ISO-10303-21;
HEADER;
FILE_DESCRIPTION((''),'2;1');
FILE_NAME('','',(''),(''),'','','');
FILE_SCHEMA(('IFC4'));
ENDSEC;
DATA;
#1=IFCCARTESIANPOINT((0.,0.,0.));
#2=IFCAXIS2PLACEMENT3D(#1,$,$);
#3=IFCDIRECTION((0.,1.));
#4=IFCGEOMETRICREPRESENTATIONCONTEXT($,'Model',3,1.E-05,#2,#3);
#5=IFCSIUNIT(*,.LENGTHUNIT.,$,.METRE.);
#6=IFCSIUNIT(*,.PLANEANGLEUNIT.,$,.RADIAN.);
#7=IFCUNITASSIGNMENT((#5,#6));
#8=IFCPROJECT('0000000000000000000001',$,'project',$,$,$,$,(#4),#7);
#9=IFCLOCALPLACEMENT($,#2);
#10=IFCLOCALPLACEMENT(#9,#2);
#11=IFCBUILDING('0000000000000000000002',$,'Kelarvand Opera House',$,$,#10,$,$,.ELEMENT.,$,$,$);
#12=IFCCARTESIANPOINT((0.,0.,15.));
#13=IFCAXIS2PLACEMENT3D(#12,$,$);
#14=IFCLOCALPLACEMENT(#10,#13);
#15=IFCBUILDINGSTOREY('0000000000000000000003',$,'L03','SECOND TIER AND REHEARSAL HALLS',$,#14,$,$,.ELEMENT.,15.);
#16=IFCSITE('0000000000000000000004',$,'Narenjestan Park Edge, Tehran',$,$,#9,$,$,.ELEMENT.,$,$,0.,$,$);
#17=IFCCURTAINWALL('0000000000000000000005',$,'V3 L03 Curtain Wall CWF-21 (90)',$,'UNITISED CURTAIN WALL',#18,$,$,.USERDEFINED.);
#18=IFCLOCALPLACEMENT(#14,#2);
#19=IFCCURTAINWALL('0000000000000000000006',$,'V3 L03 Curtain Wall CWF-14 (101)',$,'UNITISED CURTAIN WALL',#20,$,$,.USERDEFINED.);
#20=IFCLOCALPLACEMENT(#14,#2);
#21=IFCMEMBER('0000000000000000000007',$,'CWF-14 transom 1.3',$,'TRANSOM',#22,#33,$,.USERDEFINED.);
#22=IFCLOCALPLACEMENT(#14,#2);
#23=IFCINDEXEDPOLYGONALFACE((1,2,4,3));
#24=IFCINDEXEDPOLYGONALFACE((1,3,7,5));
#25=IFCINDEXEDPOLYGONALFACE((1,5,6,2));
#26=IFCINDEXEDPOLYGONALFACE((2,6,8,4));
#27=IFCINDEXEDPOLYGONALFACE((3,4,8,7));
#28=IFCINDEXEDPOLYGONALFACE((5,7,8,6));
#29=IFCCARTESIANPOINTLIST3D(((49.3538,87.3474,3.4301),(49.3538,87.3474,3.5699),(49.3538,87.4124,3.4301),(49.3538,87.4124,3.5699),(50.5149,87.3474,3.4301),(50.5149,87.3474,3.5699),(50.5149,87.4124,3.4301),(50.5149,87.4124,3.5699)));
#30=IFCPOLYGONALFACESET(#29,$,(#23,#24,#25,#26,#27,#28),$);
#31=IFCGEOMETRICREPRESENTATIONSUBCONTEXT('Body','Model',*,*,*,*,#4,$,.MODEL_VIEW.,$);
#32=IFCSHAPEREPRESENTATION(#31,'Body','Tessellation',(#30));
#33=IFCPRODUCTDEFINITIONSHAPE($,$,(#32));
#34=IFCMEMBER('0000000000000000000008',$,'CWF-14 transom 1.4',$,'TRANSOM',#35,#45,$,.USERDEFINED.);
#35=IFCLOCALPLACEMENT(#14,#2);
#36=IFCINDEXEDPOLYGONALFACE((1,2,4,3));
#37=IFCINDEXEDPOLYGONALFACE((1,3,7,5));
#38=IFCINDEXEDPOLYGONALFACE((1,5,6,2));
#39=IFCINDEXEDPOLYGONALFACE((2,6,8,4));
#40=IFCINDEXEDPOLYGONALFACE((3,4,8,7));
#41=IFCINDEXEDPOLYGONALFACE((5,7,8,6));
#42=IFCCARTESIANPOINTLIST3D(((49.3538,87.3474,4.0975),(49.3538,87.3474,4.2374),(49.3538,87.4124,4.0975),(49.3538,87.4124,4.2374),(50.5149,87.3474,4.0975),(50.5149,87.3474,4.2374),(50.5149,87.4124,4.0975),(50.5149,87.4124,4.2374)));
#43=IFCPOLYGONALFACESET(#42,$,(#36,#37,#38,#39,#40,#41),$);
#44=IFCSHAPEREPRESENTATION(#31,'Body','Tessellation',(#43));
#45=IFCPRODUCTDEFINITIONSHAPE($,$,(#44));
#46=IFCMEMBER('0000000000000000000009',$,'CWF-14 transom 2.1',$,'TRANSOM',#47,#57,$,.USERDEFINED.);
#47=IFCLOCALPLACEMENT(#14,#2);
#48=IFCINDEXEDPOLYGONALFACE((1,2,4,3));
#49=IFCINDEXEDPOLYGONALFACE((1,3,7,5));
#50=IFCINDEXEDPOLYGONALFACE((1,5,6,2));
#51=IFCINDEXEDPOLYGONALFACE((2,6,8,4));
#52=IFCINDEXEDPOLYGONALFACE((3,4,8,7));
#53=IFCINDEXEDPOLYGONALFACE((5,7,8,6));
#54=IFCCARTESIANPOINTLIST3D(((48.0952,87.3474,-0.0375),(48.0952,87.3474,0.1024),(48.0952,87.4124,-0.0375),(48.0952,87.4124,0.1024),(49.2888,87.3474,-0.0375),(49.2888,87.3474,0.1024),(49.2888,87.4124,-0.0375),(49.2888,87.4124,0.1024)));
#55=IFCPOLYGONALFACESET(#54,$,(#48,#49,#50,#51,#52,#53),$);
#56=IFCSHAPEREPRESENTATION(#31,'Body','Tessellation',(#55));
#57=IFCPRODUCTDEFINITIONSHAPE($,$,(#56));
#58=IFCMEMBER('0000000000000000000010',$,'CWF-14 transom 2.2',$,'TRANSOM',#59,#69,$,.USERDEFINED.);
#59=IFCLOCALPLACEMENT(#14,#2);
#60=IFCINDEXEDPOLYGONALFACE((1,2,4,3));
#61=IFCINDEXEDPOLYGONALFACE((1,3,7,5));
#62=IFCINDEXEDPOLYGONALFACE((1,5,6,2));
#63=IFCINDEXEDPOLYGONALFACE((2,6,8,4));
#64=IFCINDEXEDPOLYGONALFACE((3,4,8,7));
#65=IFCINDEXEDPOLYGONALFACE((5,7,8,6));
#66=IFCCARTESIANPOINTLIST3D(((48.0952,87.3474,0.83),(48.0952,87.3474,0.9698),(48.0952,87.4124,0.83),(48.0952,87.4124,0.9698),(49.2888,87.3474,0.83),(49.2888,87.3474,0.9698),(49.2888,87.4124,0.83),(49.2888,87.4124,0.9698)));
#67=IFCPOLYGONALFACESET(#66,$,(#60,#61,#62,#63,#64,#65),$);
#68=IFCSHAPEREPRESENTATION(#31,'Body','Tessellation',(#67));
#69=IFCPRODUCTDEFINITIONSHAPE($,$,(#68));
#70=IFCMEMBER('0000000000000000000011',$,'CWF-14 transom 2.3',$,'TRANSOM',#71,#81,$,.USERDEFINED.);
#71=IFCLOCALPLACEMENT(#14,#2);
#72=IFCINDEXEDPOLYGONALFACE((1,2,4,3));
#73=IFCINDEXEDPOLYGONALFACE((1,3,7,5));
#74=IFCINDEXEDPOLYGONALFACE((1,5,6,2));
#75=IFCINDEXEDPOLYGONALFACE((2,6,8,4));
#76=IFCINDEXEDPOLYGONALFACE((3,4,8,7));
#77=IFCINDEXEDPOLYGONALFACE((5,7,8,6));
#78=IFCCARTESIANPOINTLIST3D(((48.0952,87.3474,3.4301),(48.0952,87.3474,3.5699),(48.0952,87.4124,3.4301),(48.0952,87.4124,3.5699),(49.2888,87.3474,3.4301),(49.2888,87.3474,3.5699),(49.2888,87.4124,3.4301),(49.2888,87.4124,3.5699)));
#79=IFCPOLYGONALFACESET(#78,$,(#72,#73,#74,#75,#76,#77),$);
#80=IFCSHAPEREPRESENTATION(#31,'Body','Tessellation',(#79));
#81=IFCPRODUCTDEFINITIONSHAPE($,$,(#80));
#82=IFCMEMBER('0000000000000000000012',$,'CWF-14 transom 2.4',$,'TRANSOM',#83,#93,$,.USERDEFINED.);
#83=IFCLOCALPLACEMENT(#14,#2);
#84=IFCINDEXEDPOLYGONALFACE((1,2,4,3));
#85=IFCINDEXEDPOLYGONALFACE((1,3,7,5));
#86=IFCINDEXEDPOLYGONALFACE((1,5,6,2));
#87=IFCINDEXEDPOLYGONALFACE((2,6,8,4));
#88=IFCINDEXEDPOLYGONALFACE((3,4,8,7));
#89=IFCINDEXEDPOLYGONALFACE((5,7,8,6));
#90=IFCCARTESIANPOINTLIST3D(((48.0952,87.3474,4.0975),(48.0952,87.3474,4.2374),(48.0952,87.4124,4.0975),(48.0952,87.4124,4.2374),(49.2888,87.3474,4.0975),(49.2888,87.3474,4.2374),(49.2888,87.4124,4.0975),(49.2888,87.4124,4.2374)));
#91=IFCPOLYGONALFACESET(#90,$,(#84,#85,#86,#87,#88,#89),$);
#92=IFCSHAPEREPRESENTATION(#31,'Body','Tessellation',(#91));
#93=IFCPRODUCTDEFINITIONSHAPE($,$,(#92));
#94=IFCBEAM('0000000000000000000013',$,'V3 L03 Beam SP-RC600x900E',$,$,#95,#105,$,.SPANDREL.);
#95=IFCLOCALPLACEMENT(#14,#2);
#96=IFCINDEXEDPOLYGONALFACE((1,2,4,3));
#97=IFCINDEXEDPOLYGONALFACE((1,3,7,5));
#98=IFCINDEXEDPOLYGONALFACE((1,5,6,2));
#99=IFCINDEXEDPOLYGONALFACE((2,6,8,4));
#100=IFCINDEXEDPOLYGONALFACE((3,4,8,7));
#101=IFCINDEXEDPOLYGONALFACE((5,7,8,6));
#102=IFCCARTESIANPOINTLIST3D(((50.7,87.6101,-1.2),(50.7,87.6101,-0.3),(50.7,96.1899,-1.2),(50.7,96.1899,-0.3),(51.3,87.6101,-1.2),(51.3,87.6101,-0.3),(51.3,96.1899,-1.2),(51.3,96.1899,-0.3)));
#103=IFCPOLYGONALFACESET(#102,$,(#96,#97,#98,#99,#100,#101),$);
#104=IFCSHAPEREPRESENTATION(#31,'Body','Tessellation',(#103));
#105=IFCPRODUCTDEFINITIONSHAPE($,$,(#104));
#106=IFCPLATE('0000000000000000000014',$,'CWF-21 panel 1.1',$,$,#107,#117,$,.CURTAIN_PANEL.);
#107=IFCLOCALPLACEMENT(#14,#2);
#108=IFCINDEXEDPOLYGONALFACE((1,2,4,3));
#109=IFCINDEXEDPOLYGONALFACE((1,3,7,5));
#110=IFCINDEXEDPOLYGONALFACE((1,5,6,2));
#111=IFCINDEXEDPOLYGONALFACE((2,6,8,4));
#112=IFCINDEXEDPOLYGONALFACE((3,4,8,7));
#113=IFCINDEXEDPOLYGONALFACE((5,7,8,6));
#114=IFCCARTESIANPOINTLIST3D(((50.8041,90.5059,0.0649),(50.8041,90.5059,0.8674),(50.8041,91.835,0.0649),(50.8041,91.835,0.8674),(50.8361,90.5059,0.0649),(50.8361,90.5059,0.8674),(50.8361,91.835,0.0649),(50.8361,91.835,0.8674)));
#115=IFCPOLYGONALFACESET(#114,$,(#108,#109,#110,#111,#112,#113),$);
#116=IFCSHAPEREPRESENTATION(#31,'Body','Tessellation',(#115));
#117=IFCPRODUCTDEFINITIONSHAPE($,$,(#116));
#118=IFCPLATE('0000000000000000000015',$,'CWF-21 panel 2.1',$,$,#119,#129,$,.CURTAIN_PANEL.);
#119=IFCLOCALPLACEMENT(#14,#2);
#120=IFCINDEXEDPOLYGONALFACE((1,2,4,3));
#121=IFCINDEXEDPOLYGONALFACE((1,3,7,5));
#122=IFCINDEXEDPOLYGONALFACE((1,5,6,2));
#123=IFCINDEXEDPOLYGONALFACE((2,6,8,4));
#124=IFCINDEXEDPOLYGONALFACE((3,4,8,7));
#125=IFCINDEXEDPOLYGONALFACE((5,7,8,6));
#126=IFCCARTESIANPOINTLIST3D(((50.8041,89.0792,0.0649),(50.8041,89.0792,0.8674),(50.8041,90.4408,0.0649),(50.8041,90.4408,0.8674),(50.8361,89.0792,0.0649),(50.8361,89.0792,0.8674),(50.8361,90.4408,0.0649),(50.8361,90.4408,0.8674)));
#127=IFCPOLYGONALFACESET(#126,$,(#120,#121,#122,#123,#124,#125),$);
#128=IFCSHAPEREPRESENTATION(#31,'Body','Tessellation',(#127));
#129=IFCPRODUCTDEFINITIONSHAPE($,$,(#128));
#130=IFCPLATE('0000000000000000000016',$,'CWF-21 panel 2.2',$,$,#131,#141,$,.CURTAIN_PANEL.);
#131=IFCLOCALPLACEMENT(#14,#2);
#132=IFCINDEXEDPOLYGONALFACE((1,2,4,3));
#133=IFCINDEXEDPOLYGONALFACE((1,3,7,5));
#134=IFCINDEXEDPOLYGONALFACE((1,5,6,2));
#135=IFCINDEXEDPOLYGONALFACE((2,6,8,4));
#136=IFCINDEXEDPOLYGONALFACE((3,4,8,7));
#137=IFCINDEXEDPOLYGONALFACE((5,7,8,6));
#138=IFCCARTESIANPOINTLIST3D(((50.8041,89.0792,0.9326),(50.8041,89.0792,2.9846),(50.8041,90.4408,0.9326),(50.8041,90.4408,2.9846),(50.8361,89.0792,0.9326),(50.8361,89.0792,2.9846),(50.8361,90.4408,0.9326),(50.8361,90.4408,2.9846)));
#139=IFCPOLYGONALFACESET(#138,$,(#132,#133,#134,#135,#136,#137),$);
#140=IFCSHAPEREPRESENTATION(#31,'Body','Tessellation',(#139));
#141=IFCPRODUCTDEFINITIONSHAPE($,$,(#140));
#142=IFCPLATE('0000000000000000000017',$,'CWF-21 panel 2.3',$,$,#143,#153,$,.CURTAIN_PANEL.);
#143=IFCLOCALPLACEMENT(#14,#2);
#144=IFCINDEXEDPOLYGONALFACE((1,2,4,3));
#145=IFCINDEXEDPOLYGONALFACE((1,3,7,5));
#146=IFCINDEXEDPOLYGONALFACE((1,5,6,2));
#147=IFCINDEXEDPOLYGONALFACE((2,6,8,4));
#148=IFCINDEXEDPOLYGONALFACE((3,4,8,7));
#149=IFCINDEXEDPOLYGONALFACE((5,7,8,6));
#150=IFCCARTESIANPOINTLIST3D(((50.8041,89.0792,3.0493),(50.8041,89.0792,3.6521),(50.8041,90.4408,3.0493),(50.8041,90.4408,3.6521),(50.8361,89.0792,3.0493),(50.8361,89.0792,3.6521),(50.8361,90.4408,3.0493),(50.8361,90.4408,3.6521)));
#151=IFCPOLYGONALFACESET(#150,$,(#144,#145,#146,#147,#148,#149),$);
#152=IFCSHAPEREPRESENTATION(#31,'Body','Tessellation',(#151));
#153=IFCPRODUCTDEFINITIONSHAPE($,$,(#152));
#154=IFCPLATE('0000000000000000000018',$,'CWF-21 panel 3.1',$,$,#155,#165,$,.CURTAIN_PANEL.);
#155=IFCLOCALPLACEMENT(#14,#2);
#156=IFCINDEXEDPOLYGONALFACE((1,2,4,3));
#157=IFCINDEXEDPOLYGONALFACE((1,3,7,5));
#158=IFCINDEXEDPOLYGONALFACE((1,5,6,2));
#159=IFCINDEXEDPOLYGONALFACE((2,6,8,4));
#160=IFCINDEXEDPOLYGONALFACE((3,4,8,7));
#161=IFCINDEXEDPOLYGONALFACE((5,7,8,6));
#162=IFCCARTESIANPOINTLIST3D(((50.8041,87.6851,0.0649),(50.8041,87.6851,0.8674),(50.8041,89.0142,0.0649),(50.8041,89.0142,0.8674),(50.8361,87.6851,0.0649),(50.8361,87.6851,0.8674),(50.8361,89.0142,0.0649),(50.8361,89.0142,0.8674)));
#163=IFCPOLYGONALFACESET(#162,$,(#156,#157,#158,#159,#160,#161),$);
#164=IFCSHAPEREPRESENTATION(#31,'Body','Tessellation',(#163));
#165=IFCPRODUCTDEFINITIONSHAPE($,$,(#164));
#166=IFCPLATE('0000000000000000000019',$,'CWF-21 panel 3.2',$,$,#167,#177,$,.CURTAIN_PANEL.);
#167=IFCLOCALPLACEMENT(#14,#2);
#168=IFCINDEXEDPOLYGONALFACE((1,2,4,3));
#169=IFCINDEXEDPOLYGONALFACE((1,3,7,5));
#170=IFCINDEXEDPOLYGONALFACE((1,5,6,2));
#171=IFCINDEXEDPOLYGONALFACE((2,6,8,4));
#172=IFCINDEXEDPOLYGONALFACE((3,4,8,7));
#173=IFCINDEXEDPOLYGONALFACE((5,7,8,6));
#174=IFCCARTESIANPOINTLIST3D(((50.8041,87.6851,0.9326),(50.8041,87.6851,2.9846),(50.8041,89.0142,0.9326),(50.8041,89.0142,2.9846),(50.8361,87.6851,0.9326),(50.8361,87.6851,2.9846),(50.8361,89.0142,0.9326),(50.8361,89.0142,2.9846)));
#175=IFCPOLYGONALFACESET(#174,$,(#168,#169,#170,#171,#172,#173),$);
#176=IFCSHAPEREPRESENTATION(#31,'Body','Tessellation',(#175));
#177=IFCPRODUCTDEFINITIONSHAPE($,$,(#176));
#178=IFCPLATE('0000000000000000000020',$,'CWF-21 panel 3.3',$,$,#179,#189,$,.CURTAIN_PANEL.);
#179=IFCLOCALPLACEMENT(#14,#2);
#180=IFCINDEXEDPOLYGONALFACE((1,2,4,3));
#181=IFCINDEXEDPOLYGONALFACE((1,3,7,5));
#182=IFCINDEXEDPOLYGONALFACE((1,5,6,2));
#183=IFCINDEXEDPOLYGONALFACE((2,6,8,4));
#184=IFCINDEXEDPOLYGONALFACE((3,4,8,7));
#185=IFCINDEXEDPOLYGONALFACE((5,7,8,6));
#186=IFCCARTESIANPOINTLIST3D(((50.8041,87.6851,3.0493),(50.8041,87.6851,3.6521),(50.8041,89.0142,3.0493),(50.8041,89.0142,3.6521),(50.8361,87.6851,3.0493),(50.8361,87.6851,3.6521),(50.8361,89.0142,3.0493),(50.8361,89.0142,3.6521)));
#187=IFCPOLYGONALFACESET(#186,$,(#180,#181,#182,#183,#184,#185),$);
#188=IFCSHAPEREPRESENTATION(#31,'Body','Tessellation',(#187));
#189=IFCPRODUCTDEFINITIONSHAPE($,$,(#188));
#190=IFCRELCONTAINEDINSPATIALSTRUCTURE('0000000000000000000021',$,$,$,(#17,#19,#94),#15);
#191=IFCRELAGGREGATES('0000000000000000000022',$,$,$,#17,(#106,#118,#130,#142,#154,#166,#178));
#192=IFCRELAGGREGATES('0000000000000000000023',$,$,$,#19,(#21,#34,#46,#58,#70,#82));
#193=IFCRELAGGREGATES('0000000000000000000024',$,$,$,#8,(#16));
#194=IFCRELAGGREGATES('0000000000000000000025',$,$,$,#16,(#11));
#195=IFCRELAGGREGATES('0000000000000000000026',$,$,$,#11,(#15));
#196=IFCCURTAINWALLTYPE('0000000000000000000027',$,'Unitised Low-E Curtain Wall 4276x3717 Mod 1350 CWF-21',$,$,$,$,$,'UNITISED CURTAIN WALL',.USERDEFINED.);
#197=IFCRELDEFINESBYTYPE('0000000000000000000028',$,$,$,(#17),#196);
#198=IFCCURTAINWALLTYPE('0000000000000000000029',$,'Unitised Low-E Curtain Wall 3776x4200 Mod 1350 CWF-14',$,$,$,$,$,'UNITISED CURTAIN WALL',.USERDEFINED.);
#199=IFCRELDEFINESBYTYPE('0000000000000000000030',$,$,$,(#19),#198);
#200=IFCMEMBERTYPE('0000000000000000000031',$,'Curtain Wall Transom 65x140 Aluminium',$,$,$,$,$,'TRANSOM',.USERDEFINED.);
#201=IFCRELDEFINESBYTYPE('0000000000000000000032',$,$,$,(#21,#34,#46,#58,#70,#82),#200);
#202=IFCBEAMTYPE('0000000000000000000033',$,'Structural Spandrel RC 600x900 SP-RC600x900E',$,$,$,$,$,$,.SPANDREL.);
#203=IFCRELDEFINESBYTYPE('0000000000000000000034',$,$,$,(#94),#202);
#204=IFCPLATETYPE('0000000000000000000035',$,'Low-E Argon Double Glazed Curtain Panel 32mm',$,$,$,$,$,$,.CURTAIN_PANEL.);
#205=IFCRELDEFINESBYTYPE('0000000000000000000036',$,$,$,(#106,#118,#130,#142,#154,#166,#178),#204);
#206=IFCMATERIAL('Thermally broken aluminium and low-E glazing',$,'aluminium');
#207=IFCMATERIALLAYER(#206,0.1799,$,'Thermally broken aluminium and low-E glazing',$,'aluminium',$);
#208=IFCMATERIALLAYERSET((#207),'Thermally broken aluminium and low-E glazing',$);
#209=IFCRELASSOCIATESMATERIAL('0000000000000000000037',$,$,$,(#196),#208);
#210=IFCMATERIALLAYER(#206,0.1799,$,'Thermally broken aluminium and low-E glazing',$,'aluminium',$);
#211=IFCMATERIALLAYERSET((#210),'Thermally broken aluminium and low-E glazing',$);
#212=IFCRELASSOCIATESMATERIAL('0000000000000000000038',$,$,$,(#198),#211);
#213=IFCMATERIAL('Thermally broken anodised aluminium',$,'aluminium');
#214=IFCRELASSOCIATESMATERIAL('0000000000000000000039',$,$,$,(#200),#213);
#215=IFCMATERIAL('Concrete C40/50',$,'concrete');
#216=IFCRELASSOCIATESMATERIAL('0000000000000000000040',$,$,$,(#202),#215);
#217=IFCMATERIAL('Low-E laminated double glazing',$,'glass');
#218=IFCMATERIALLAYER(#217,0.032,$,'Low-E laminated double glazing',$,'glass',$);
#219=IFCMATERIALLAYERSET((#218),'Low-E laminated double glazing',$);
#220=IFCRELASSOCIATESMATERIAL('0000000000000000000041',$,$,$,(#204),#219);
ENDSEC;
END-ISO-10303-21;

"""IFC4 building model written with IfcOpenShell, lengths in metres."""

from ifc_helpers import new_model, si_unit, direction, frame, origin, origin_2d, place, context, subcontext, project, spatial, rectangle, extrude, material, layer, layer_set, material_profile, profile_set, type_object, element, aggregate, save


model = new_model("IFC4")

# Units and contexts
model_context = context("Model", 3, precision=1e-05, world=origin(), true_north=direction((0.0, 1.0)))
body_context = subcontext(model_context, "Body", "Model", "MODEL_VIEW")
ifc_project = project(units=[si_unit("LENGTHUNIT", "METRE"), si_unit("PLANEANGLEUNIT", "RADIAN")], contexts=[model_context])

# Site, building, storey
site_placement = place(None, origin())
site = spatial("IfcSite", under=ifc_project, at=site_placement, Name="Narenjestan Park Edge, Tehran", CompositionType="ELEMENT", RefElevation=0.0)
building_placement = place(site_placement, origin())
building = spatial("IfcBuilding", under=site, at=building_placement, Name="Kelarvand Opera House", CompositionType="ELEMENT")
storey_placement = place(building_placement, frame((0.0, 0.0, 15.0)))
storey = spatial("IfcBuildingStorey", under=building, at=storey_placement, Name="L03", Description="SECOND TIER AND REHEARSAL HALLS", CompositionType="ELEMENT", Elevation=15.0)

# Curtain walls
ifc_material_1 = material(Name="Thermally broken aluminium and low-E glazing", Category="aluminium")
ifc_layer_1 = layer(ifc_material_1, 0.1799, Name="Thermally broken aluminium and low-E glazing", Category="aluminium")
ifc_layer_set_1 = layer_set([ifc_layer_1], Name="Thermally broken aluminium and low-E glazing")
curtain_wall_type_1 = type_object("IfcCurtainWallType", Name="Unitised Low-E Curtain Wall 4276x3717 Mod 1350 CWF-21", ElementType="UNITISED CURTAIN WALL", PredefinedType="USERDEFINED", material=ifc_layer_set_1)
curtain_wall_1_placement = place(storey_placement, origin())
curtain_wall_1 = element("IfcCurtainWall", 1, at=curtain_wall_1_placement, inside=storey, type_object=curtain_wall_type_1, Name="V3 L03 Curtain Wall CWF-21 (90)", ObjectType="UNITISED CURTAIN WALL", PredefinedType="USERDEFINED")
ifc_material_2 = material(Name="Thermally broken anodised aluminium", Category="aluminium")
ifc_layer_2 = layer(ifc_material_1, 0.1799, Name="Thermally broken aluminium and low-E glazing", Category="aluminium")
ifc_layer_set_2 = layer_set([ifc_layer_2], Name="Thermally broken aluminium and low-E glazing")
curtain_wall_type_2 = type_object("IfcCurtainWallType", Name="Unitised Low-E Curtain Wall 3776x4200 Mod 1350 CWF-14", ElementType="UNITISED CURTAIN WALL", PredefinedType="USERDEFINED", material=ifc_layer_set_2)
curtain_wall_2_placement = place(storey_placement, origin())
curtain_wall_2 = element("IfcCurtainWall", 2, at=curtain_wall_2_placement, inside=storey, type_object=curtain_wall_type_2, Name="V3 L03 Curtain Wall CWF-14 (101)", ObjectType="UNITISED CURTAIN WALL", PredefinedType="USERDEFINED")

# Members
ifc_material_profile_1 = material_profile(ifc_material_2, rectangle(XDim=0.0649, YDim=0.1399, at=origin_2d()), Name="ALU TRANSOM 65x140", Category="aluminium")
ifc_profile_set_1 = profile_set([ifc_material_profile_1], Name="Thermally broken anodised aluminium")
member_type_1 = type_object("IfcMemberType", Name="Curtain Wall Transom 65x140 Aluminium", ElementType="TRANSOM", PredefinedType="USERDEFINED", material=ifc_profile_set_1)
member_1_placement = place(storey_placement, frame((50.5149, 87.3799, 3.5), z_axis=(-1.0, 0.0, 0.0), x_axis=(0.0, -1.0, 0.0)))
member_1 = element("IfcMember", 3, at=member_1_placement, type_object=member_type_1, Name="CWF-14 transom 1.3", ObjectType="TRANSOM", PredefinedType="USERDEFINED", context=body_context, shape_type="SweptSolid", body=[
    extrude(rectangle(XDim=0.0649, YDim=0.1399, at=origin_2d()), origin(), (0.0, 0.0, 1.0), 1.1611),
])
member_2_placement = place(storey_placement, frame((50.5149, 87.3799, 4.1675), z_axis=(-1.0, 0.0, 0.0), x_axis=(0.0, -1.0, 0.0)))
member_2 = element("IfcMember", 4, at=member_2_placement, type_object=member_type_1, Name="CWF-14 transom 1.4", ObjectType="TRANSOM", PredefinedType="USERDEFINED", context=body_context, shape_type="SweptSolid", body=[
    extrude(rectangle(XDim=0.0649, YDim=0.1399, at=origin_2d()), origin(), (0.0, 0.0, 1.0), 1.1611),
])
member_3_placement = place(storey_placement, frame((49.2888, 87.3799, 0.0325), z_axis=(-1.0, 0.0, 0.0), x_axis=(0.0, -1.0, 0.0)))
member_3 = element("IfcMember", 5, at=member_3_placement, type_object=member_type_1, Name="CWF-14 transom 2.1", ObjectType="TRANSOM", PredefinedType="USERDEFINED", context=body_context, shape_type="SweptSolid", body=[
    extrude(rectangle(XDim=0.0649, YDim=0.1399, at=origin_2d()), origin(), (0.0, 0.0, 1.0), 1.1936),
])
member_4_placement = place(storey_placement, frame((49.2888, 87.3799, 0.8999), z_axis=(-1.0, 0.0, 0.0), x_axis=(0.0, -1.0, 0.0)))
member_4 = element("IfcMember", 6, at=member_4_placement, type_object=member_type_1, Name="CWF-14 transom 2.2", ObjectType="TRANSOM", PredefinedType="USERDEFINED", context=body_context, shape_type="SweptSolid", body=[
    extrude(rectangle(XDim=0.0649, YDim=0.1399, at=origin_2d()), origin(), (0.0, 0.0, 1.0), 1.1936),
])
member_5_placement = place(storey_placement, frame((49.2888, 87.3799, 3.5), z_axis=(-1.0, 0.0, 0.0), x_axis=(0.0, -1.0, 0.0)))
member_5 = element("IfcMember", 7, at=member_5_placement, type_object=member_type_1, Name="CWF-14 transom 2.3", ObjectType="TRANSOM", PredefinedType="USERDEFINED", context=body_context, shape_type="SweptSolid", body=[
    extrude(rectangle(XDim=0.0649, YDim=0.1399, at=origin_2d()), origin(), (0.0, 0.0, 1.0), 1.1936),
])
member_6_placement = place(storey_placement, frame((49.2888, 87.3799, 4.1675), z_axis=(-1.0, 0.0, 0.0), x_axis=(0.0, -1.0, 0.0)))
member_6 = element("IfcMember", 8, at=member_6_placement, type_object=member_type_1, Name="CWF-14 transom 2.4", ObjectType="TRANSOM", PredefinedType="USERDEFINED", context=body_context, shape_type="SweptSolid", body=[
    extrude(rectangle(XDim=0.0649, YDim=0.1399, at=origin_2d()), origin(), (0.0, 0.0, 1.0), 1.1936),
])

# Beam
ifc_material_3 = material(Name="Concrete C40/50", Category="concrete")
ifc_material_profile_2 = material_profile(ifc_material_3, rectangle(XDim=0.6001, YDim=0.8999, at=origin_2d()), Name="RC 600x900", Category="concrete")
ifc_profile_set_2 = profile_set([ifc_material_profile_2], Name="Concrete C40/50")
beam_type = type_object("IfcBeamType", Name="Structural Spandrel RC 600x900 SP-RC600x900E", PredefinedType="SPANDREL", material=ifc_profile_set_2)
beam_placement = place(storey_placement, frame((51.0, 87.6101, -0.75), z_axis=(0.0, 1.0, 0.0), x_axis=(-1.0, 0.0, 0.0)))
element("IfcBeam", 9, at=beam_placement, inside=storey, type_object=beam_type, Name="V3 L03 Beam SP-RC600x900E", PredefinedType="SPANDREL", context=body_context, shape_type="SweptSolid", body=[
    extrude(rectangle(XDim=0.6001, YDim=0.8999, at=origin_2d()), origin(), (0.0, 0.0, 1.0), 8.5798),
])

# Plates
ifc_material_4 = material(Name="Low-E laminated double glazing", Category="glass")
ifc_layer_3 = layer(ifc_material_4, 0.032, Name="Low-E laminated double glazing", Category="glass")
ifc_layer_set_3 = layer_set([ifc_layer_3], Name="Low-E laminated double glazing")
plate_type = type_object("IfcPlateType", Name="Low-E Argon Double Glazed Curtain Panel 32mm", PredefinedType="CURTAIN_PANEL", material=ifc_layer_set_3)
plate_1_placement = place(storey_placement, frame((50.8201, 91.1704, 0.0649), z_axis=(0.0, 0.0, 1.0), x_axis=(0.0, -1.0, 0.0)))
plate_1 = element("IfcPlate", 10, at=plate_1_placement, type_object=plate_type, Name="CWF-21 panel 1.1", PredefinedType="CURTAIN_PANEL", context=body_context, shape_type="SweptSolid", body=[
    extrude(rectangle(XDim=1.3291, YDim=0.032, at=origin_2d()), origin(), (0.0, 0.0, 1.0), 0.8025),
])
plate_2_placement = place(storey_placement, frame((50.8201, 89.76, 0.0649), z_axis=(0.0, 0.0, 1.0), x_axis=(0.0, -1.0, 0.0)))
plate_2 = element("IfcPlate", 11, at=plate_2_placement, type_object=plate_type, Name="CWF-21 panel 2.1", PredefinedType="CURTAIN_PANEL", context=body_context, shape_type="SweptSolid", body=[
    extrude(rectangle(XDim=1.3616, YDim=0.032, at=origin_2d()), origin(), (0.0, 0.0, 1.0), 0.8025),
])
plate_3_placement = place(storey_placement, frame((50.8201, 89.76, 0.9326), z_axis=(0.0, 0.0, 1.0), x_axis=(0.0, -1.0, 0.0)))
plate_3 = element("IfcPlate", 12, at=plate_3_placement, type_object=plate_type, Name="CWF-21 panel 2.2", PredefinedType="CURTAIN_PANEL", context=body_context, shape_type="SweptSolid", body=[
    extrude(rectangle(XDim=1.3616, YDim=0.032, at=origin_2d()), origin(), (0.0, 0.0, 1.0), 2.052),
])
plate_4_placement = place(storey_placement, frame((50.8201, 89.76, 3.0493), z_axis=(0.0, 0.0, 1.0), x_axis=(0.0, -1.0, 0.0)))
plate_4 = element("IfcPlate", 13, at=plate_4_placement, type_object=plate_type, Name="CWF-21 panel 2.3", PredefinedType="CURTAIN_PANEL", context=body_context, shape_type="SweptSolid", body=[
    extrude(rectangle(XDim=1.3616, YDim=0.032, at=origin_2d()), origin(), (0.0, 0.0, 1.0), 0.6028),
])
plate_5_placement = place(storey_placement, frame((50.8201, 88.3496, 0.0649), z_axis=(0.0, 0.0, 1.0), x_axis=(0.0, -1.0, 0.0)))
plate_5 = element("IfcPlate", 14, at=plate_5_placement, type_object=plate_type, Name="CWF-21 panel 3.1", PredefinedType="CURTAIN_PANEL", context=body_context, shape_type="SweptSolid", body=[
    extrude(rectangle(XDim=1.3291, YDim=0.032, at=origin_2d()), origin(), (0.0, 0.0, 1.0), 0.8025),
])
plate_6_placement = place(storey_placement, frame((50.8201, 88.3496, 0.9326), z_axis=(0.0, 0.0, 1.0), x_axis=(0.0, -1.0, 0.0)))
plate_6 = element("IfcPlate", 15, at=plate_6_placement, type_object=plate_type, Name="CWF-21 panel 3.2", PredefinedType="CURTAIN_PANEL", context=body_context, shape_type="SweptSolid", body=[
    extrude(rectangle(XDim=1.3291, YDim=0.032, at=origin_2d()), origin(), (0.0, 0.0, 1.0), 2.052),
])
plate_7_placement = place(storey_placement, frame((50.8201, 88.3496, 3.0493), z_axis=(0.0, 0.0, 1.0), x_axis=(0.0, -1.0, 0.0)))
plate_7 = element("IfcPlate", 16, at=plate_7_placement, type_object=plate_type, Name="CWF-21 panel 3.3", PredefinedType="CURTAIN_PANEL", context=body_context, shape_type="SweptSolid", body=[
    extrude(rectangle(XDim=1.3291, YDim=0.032, at=origin_2d()), origin(), (0.0, 0.0, 1.0), 0.6028),
])
aggregate(curtain_wall_1, [plate_1, plate_2, plate_3, plate_4, plate_5, plate_6, plate_7])
aggregate(curtain_wall_2, [member_1, member_2, member_3, member_4, member_5, member_6])

save(model, "model.ifc")
